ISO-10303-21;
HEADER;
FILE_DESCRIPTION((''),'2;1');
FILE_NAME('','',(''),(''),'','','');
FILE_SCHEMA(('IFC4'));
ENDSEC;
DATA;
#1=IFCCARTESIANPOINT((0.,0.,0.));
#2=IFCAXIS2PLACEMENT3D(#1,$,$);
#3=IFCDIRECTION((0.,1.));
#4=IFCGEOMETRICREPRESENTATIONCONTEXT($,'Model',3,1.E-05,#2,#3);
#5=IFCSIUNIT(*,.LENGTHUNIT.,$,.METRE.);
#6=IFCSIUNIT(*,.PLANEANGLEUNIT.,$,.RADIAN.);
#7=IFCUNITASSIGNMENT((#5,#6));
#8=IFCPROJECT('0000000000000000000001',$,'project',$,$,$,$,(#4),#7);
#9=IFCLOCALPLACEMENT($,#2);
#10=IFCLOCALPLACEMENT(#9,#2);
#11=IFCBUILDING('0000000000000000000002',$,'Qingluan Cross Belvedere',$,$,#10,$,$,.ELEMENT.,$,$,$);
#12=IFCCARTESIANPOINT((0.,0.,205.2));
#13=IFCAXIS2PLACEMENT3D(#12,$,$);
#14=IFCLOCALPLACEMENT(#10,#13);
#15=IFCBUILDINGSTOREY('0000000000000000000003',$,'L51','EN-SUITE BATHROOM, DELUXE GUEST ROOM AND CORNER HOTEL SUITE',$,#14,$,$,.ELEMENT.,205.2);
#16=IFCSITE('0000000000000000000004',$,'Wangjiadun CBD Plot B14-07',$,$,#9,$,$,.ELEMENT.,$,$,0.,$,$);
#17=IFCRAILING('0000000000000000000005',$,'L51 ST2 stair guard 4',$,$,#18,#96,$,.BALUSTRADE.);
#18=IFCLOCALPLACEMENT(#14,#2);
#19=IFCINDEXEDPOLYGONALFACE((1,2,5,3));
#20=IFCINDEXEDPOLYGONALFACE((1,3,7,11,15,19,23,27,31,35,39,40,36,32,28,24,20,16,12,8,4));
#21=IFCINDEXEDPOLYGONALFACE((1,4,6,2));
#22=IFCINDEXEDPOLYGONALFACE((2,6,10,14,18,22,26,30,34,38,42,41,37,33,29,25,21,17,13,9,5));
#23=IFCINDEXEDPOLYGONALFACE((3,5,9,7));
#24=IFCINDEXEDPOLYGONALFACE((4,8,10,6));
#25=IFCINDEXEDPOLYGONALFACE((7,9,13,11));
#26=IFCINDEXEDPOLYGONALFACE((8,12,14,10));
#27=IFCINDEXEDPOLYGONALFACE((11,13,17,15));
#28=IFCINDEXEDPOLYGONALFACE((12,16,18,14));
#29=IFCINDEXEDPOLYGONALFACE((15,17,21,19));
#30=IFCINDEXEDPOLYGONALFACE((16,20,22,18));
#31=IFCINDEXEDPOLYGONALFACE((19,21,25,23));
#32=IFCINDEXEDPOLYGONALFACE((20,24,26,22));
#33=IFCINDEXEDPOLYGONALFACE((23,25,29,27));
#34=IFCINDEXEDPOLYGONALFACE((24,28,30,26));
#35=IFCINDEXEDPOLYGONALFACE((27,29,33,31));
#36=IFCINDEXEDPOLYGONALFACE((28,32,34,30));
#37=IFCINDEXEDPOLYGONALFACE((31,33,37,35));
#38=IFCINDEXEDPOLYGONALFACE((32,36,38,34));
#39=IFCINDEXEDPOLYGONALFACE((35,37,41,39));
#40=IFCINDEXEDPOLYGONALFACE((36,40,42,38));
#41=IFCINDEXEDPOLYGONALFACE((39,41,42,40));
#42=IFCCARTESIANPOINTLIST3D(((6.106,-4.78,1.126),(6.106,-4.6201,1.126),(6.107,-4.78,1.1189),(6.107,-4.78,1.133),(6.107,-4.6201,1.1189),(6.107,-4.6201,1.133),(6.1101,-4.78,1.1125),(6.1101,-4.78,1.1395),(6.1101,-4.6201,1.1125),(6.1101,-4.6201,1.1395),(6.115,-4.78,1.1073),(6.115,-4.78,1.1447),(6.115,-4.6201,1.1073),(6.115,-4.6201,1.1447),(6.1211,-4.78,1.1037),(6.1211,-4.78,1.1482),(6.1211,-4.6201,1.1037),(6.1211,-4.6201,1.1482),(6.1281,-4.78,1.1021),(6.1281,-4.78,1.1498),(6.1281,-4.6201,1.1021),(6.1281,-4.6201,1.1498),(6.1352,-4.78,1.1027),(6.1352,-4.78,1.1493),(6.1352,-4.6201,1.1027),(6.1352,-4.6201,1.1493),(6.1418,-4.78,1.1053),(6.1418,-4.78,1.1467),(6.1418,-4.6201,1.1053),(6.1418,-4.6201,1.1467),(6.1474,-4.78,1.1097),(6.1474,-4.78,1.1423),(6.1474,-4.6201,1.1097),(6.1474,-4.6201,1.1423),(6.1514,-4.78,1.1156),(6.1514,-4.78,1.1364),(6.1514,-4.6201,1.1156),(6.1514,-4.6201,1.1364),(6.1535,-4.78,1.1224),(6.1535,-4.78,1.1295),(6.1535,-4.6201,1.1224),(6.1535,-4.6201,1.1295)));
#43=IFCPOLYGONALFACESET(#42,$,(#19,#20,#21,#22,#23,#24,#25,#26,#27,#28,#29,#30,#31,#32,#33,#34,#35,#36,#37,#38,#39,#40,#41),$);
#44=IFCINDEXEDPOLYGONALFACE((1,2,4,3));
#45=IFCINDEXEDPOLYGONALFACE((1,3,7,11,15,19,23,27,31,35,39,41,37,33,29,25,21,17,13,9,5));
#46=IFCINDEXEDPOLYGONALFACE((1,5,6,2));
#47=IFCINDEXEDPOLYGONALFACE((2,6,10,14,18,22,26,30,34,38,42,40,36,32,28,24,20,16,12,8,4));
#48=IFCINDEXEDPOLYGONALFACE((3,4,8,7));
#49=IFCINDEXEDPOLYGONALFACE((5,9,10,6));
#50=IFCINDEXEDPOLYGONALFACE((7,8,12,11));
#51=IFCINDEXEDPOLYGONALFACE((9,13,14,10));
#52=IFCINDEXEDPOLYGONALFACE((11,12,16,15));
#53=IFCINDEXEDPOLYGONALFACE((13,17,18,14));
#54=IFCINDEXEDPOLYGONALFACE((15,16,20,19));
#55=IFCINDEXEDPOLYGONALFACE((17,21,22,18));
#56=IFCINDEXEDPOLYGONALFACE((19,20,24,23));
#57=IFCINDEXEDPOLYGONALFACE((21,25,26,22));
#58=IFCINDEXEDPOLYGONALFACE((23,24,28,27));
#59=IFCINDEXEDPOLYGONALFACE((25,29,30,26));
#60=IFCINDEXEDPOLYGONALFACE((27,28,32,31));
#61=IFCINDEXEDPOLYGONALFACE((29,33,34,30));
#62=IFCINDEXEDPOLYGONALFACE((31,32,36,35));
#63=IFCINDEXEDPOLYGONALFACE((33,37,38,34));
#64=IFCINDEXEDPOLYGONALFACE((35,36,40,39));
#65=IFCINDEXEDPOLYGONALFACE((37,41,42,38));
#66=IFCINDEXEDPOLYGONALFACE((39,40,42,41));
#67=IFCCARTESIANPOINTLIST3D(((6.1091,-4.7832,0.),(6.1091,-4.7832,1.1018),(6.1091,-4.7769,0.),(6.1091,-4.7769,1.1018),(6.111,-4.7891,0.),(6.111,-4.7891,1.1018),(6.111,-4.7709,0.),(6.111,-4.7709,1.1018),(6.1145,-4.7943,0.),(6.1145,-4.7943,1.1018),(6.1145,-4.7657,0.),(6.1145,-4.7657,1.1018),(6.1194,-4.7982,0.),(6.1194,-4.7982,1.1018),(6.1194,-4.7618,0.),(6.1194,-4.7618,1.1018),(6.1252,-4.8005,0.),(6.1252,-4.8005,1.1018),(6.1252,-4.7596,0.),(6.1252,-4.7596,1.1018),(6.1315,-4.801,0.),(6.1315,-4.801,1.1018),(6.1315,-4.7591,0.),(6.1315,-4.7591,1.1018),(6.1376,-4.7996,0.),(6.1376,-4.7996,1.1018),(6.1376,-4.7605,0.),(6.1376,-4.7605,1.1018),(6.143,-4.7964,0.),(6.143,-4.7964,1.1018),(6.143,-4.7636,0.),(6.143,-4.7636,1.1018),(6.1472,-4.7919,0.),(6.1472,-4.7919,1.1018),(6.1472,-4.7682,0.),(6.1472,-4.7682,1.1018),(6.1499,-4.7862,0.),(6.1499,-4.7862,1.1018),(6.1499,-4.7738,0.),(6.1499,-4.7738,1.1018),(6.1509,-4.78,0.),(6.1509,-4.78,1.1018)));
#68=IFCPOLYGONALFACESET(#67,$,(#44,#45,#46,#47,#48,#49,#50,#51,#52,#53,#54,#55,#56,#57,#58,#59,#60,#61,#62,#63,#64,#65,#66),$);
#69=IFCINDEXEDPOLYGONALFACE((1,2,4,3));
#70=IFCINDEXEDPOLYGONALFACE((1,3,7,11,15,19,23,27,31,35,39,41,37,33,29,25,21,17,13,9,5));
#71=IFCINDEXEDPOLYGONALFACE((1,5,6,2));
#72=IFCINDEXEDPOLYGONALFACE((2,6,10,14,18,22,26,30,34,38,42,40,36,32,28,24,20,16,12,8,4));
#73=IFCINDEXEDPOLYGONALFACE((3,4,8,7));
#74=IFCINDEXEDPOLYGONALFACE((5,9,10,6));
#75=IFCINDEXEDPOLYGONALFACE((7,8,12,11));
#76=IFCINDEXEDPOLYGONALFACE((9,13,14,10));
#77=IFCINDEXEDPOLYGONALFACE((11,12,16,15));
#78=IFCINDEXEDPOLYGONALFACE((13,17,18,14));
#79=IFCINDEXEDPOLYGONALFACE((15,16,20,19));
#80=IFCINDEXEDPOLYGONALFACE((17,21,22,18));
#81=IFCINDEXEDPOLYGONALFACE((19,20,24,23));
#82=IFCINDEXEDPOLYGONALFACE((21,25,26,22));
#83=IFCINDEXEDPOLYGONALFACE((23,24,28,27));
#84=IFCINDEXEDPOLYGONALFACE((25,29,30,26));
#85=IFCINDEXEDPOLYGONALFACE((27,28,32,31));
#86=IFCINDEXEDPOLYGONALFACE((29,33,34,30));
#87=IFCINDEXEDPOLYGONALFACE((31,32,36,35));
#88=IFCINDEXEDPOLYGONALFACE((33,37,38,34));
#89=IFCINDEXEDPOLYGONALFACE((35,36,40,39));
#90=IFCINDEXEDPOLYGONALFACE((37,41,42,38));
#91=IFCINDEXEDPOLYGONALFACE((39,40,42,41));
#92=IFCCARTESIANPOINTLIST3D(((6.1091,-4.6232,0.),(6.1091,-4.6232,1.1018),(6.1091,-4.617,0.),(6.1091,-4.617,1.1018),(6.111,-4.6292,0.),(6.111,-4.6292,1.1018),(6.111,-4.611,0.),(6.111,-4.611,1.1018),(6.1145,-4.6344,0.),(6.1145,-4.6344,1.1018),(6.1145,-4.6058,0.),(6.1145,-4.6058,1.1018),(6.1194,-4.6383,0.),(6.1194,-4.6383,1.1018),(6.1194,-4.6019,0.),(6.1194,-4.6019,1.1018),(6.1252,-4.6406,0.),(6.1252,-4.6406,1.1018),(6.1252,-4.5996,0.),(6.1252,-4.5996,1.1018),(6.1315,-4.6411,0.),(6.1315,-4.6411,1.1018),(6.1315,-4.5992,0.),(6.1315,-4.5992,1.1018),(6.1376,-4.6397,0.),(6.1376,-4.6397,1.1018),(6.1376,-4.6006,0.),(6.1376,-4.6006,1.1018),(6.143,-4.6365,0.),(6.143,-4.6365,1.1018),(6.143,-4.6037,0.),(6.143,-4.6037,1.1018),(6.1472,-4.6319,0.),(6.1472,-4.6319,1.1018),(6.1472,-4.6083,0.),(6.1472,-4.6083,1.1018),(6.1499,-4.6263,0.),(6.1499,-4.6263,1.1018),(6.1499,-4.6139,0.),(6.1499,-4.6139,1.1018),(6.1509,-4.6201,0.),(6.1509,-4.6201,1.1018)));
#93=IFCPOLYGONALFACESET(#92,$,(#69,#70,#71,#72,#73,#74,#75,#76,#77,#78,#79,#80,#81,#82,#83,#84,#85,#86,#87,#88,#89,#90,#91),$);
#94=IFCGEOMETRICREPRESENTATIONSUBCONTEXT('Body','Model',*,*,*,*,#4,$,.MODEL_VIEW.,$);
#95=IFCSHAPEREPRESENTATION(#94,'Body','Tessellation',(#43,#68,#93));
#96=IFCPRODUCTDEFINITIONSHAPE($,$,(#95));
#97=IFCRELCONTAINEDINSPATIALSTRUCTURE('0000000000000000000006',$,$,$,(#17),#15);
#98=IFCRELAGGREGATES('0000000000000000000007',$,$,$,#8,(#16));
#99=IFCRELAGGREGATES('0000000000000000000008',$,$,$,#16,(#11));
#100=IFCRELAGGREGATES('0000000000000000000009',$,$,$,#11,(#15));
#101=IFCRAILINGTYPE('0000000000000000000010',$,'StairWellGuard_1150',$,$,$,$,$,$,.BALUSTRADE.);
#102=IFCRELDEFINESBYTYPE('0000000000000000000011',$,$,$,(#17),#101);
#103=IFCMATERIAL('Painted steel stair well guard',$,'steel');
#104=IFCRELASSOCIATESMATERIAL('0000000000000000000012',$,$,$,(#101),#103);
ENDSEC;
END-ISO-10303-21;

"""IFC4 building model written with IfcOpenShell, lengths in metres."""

from ifc_helpers import new_model, si_unit, direction, frame, origin, origin_2d, place, context, subcontext, project, spatial, circle, extrude, material, type_object, element, save


model = new_model("IFC4")

# Units and contexts
model_context = context("Model", 3, precision=1e-05, world=origin(), true_north=direction((0.0, 1.0)))
body_context = subcontext(model_context, "Body", "Model", "MODEL_VIEW")
ifc_project = project(units=[si_unit("LENGTHUNIT", "METRE"), si_unit("PLANEANGLEUNIT", "RADIAN")], contexts=[model_context])

# Site, building, storey
site_placement = place(None, origin())
site = spatial("IfcSite", under=ifc_project, at=site_placement, Name="Wangjiadun CBD Plot B14-07", CompositionType="ELEMENT", RefElevation=0.0)
building_placement = place(site_placement, origin())
building = spatial("IfcBuilding", under=site, at=building_placement, Name="Qingluan Cross Belvedere", CompositionType="ELEMENT")
storey_placement = place(building_placement, frame((0.0, 0.0, 205.2)))
storey = spatial("IfcBuildingStorey", under=building, at=storey_placement, Name="L51", Description="EN-SUITE BATHROOM, DELUXE GUEST ROOM AND CORNER HOTEL SUITE", CompositionType="ELEMENT", Elevation=205.2)

# Railing
ifc_material_1 = material(Name="Painted steel stair well guard", Category="steel")
railing_type_1 = type_object("IfcRailingType", Name="StairWellGuard_1150", PredefinedType="BALUSTRADE", material=ifc_material_1)
railing_1_placement = place(storey_placement, frame((6.1299, -4.78, 0.0)))
element("IfcRailing", 1, at=railing_1_placement, inside=storey, type_object=railing_type_1, Name="L51 ST2 stair guard 4", PredefinedType="BALUSTRADE", context=body_context, shape_type="SweptSolid", body=[
    extrude(circle(Radius=0.0239, at=origin_2d()), frame((0.0, 0.0, 1.126), z_axis=(0.0, 1.0, 0.0), x_axis=(-1.0, 0.0, 0.0)), (0.0, 0.0, 1.0), 0.1599),
    extrude(circle(Radius=0.021, at=origin_2d()), origin(), (0.0, 0.0, 1.0), 1.1018),
    extrude(circle(Radius=0.021, at=origin_2d()), frame((0.0, 0.1599, 0.0)), (0.0, 0.0, 1.0), 1.1018),
])

save(model, "model.ifc")
